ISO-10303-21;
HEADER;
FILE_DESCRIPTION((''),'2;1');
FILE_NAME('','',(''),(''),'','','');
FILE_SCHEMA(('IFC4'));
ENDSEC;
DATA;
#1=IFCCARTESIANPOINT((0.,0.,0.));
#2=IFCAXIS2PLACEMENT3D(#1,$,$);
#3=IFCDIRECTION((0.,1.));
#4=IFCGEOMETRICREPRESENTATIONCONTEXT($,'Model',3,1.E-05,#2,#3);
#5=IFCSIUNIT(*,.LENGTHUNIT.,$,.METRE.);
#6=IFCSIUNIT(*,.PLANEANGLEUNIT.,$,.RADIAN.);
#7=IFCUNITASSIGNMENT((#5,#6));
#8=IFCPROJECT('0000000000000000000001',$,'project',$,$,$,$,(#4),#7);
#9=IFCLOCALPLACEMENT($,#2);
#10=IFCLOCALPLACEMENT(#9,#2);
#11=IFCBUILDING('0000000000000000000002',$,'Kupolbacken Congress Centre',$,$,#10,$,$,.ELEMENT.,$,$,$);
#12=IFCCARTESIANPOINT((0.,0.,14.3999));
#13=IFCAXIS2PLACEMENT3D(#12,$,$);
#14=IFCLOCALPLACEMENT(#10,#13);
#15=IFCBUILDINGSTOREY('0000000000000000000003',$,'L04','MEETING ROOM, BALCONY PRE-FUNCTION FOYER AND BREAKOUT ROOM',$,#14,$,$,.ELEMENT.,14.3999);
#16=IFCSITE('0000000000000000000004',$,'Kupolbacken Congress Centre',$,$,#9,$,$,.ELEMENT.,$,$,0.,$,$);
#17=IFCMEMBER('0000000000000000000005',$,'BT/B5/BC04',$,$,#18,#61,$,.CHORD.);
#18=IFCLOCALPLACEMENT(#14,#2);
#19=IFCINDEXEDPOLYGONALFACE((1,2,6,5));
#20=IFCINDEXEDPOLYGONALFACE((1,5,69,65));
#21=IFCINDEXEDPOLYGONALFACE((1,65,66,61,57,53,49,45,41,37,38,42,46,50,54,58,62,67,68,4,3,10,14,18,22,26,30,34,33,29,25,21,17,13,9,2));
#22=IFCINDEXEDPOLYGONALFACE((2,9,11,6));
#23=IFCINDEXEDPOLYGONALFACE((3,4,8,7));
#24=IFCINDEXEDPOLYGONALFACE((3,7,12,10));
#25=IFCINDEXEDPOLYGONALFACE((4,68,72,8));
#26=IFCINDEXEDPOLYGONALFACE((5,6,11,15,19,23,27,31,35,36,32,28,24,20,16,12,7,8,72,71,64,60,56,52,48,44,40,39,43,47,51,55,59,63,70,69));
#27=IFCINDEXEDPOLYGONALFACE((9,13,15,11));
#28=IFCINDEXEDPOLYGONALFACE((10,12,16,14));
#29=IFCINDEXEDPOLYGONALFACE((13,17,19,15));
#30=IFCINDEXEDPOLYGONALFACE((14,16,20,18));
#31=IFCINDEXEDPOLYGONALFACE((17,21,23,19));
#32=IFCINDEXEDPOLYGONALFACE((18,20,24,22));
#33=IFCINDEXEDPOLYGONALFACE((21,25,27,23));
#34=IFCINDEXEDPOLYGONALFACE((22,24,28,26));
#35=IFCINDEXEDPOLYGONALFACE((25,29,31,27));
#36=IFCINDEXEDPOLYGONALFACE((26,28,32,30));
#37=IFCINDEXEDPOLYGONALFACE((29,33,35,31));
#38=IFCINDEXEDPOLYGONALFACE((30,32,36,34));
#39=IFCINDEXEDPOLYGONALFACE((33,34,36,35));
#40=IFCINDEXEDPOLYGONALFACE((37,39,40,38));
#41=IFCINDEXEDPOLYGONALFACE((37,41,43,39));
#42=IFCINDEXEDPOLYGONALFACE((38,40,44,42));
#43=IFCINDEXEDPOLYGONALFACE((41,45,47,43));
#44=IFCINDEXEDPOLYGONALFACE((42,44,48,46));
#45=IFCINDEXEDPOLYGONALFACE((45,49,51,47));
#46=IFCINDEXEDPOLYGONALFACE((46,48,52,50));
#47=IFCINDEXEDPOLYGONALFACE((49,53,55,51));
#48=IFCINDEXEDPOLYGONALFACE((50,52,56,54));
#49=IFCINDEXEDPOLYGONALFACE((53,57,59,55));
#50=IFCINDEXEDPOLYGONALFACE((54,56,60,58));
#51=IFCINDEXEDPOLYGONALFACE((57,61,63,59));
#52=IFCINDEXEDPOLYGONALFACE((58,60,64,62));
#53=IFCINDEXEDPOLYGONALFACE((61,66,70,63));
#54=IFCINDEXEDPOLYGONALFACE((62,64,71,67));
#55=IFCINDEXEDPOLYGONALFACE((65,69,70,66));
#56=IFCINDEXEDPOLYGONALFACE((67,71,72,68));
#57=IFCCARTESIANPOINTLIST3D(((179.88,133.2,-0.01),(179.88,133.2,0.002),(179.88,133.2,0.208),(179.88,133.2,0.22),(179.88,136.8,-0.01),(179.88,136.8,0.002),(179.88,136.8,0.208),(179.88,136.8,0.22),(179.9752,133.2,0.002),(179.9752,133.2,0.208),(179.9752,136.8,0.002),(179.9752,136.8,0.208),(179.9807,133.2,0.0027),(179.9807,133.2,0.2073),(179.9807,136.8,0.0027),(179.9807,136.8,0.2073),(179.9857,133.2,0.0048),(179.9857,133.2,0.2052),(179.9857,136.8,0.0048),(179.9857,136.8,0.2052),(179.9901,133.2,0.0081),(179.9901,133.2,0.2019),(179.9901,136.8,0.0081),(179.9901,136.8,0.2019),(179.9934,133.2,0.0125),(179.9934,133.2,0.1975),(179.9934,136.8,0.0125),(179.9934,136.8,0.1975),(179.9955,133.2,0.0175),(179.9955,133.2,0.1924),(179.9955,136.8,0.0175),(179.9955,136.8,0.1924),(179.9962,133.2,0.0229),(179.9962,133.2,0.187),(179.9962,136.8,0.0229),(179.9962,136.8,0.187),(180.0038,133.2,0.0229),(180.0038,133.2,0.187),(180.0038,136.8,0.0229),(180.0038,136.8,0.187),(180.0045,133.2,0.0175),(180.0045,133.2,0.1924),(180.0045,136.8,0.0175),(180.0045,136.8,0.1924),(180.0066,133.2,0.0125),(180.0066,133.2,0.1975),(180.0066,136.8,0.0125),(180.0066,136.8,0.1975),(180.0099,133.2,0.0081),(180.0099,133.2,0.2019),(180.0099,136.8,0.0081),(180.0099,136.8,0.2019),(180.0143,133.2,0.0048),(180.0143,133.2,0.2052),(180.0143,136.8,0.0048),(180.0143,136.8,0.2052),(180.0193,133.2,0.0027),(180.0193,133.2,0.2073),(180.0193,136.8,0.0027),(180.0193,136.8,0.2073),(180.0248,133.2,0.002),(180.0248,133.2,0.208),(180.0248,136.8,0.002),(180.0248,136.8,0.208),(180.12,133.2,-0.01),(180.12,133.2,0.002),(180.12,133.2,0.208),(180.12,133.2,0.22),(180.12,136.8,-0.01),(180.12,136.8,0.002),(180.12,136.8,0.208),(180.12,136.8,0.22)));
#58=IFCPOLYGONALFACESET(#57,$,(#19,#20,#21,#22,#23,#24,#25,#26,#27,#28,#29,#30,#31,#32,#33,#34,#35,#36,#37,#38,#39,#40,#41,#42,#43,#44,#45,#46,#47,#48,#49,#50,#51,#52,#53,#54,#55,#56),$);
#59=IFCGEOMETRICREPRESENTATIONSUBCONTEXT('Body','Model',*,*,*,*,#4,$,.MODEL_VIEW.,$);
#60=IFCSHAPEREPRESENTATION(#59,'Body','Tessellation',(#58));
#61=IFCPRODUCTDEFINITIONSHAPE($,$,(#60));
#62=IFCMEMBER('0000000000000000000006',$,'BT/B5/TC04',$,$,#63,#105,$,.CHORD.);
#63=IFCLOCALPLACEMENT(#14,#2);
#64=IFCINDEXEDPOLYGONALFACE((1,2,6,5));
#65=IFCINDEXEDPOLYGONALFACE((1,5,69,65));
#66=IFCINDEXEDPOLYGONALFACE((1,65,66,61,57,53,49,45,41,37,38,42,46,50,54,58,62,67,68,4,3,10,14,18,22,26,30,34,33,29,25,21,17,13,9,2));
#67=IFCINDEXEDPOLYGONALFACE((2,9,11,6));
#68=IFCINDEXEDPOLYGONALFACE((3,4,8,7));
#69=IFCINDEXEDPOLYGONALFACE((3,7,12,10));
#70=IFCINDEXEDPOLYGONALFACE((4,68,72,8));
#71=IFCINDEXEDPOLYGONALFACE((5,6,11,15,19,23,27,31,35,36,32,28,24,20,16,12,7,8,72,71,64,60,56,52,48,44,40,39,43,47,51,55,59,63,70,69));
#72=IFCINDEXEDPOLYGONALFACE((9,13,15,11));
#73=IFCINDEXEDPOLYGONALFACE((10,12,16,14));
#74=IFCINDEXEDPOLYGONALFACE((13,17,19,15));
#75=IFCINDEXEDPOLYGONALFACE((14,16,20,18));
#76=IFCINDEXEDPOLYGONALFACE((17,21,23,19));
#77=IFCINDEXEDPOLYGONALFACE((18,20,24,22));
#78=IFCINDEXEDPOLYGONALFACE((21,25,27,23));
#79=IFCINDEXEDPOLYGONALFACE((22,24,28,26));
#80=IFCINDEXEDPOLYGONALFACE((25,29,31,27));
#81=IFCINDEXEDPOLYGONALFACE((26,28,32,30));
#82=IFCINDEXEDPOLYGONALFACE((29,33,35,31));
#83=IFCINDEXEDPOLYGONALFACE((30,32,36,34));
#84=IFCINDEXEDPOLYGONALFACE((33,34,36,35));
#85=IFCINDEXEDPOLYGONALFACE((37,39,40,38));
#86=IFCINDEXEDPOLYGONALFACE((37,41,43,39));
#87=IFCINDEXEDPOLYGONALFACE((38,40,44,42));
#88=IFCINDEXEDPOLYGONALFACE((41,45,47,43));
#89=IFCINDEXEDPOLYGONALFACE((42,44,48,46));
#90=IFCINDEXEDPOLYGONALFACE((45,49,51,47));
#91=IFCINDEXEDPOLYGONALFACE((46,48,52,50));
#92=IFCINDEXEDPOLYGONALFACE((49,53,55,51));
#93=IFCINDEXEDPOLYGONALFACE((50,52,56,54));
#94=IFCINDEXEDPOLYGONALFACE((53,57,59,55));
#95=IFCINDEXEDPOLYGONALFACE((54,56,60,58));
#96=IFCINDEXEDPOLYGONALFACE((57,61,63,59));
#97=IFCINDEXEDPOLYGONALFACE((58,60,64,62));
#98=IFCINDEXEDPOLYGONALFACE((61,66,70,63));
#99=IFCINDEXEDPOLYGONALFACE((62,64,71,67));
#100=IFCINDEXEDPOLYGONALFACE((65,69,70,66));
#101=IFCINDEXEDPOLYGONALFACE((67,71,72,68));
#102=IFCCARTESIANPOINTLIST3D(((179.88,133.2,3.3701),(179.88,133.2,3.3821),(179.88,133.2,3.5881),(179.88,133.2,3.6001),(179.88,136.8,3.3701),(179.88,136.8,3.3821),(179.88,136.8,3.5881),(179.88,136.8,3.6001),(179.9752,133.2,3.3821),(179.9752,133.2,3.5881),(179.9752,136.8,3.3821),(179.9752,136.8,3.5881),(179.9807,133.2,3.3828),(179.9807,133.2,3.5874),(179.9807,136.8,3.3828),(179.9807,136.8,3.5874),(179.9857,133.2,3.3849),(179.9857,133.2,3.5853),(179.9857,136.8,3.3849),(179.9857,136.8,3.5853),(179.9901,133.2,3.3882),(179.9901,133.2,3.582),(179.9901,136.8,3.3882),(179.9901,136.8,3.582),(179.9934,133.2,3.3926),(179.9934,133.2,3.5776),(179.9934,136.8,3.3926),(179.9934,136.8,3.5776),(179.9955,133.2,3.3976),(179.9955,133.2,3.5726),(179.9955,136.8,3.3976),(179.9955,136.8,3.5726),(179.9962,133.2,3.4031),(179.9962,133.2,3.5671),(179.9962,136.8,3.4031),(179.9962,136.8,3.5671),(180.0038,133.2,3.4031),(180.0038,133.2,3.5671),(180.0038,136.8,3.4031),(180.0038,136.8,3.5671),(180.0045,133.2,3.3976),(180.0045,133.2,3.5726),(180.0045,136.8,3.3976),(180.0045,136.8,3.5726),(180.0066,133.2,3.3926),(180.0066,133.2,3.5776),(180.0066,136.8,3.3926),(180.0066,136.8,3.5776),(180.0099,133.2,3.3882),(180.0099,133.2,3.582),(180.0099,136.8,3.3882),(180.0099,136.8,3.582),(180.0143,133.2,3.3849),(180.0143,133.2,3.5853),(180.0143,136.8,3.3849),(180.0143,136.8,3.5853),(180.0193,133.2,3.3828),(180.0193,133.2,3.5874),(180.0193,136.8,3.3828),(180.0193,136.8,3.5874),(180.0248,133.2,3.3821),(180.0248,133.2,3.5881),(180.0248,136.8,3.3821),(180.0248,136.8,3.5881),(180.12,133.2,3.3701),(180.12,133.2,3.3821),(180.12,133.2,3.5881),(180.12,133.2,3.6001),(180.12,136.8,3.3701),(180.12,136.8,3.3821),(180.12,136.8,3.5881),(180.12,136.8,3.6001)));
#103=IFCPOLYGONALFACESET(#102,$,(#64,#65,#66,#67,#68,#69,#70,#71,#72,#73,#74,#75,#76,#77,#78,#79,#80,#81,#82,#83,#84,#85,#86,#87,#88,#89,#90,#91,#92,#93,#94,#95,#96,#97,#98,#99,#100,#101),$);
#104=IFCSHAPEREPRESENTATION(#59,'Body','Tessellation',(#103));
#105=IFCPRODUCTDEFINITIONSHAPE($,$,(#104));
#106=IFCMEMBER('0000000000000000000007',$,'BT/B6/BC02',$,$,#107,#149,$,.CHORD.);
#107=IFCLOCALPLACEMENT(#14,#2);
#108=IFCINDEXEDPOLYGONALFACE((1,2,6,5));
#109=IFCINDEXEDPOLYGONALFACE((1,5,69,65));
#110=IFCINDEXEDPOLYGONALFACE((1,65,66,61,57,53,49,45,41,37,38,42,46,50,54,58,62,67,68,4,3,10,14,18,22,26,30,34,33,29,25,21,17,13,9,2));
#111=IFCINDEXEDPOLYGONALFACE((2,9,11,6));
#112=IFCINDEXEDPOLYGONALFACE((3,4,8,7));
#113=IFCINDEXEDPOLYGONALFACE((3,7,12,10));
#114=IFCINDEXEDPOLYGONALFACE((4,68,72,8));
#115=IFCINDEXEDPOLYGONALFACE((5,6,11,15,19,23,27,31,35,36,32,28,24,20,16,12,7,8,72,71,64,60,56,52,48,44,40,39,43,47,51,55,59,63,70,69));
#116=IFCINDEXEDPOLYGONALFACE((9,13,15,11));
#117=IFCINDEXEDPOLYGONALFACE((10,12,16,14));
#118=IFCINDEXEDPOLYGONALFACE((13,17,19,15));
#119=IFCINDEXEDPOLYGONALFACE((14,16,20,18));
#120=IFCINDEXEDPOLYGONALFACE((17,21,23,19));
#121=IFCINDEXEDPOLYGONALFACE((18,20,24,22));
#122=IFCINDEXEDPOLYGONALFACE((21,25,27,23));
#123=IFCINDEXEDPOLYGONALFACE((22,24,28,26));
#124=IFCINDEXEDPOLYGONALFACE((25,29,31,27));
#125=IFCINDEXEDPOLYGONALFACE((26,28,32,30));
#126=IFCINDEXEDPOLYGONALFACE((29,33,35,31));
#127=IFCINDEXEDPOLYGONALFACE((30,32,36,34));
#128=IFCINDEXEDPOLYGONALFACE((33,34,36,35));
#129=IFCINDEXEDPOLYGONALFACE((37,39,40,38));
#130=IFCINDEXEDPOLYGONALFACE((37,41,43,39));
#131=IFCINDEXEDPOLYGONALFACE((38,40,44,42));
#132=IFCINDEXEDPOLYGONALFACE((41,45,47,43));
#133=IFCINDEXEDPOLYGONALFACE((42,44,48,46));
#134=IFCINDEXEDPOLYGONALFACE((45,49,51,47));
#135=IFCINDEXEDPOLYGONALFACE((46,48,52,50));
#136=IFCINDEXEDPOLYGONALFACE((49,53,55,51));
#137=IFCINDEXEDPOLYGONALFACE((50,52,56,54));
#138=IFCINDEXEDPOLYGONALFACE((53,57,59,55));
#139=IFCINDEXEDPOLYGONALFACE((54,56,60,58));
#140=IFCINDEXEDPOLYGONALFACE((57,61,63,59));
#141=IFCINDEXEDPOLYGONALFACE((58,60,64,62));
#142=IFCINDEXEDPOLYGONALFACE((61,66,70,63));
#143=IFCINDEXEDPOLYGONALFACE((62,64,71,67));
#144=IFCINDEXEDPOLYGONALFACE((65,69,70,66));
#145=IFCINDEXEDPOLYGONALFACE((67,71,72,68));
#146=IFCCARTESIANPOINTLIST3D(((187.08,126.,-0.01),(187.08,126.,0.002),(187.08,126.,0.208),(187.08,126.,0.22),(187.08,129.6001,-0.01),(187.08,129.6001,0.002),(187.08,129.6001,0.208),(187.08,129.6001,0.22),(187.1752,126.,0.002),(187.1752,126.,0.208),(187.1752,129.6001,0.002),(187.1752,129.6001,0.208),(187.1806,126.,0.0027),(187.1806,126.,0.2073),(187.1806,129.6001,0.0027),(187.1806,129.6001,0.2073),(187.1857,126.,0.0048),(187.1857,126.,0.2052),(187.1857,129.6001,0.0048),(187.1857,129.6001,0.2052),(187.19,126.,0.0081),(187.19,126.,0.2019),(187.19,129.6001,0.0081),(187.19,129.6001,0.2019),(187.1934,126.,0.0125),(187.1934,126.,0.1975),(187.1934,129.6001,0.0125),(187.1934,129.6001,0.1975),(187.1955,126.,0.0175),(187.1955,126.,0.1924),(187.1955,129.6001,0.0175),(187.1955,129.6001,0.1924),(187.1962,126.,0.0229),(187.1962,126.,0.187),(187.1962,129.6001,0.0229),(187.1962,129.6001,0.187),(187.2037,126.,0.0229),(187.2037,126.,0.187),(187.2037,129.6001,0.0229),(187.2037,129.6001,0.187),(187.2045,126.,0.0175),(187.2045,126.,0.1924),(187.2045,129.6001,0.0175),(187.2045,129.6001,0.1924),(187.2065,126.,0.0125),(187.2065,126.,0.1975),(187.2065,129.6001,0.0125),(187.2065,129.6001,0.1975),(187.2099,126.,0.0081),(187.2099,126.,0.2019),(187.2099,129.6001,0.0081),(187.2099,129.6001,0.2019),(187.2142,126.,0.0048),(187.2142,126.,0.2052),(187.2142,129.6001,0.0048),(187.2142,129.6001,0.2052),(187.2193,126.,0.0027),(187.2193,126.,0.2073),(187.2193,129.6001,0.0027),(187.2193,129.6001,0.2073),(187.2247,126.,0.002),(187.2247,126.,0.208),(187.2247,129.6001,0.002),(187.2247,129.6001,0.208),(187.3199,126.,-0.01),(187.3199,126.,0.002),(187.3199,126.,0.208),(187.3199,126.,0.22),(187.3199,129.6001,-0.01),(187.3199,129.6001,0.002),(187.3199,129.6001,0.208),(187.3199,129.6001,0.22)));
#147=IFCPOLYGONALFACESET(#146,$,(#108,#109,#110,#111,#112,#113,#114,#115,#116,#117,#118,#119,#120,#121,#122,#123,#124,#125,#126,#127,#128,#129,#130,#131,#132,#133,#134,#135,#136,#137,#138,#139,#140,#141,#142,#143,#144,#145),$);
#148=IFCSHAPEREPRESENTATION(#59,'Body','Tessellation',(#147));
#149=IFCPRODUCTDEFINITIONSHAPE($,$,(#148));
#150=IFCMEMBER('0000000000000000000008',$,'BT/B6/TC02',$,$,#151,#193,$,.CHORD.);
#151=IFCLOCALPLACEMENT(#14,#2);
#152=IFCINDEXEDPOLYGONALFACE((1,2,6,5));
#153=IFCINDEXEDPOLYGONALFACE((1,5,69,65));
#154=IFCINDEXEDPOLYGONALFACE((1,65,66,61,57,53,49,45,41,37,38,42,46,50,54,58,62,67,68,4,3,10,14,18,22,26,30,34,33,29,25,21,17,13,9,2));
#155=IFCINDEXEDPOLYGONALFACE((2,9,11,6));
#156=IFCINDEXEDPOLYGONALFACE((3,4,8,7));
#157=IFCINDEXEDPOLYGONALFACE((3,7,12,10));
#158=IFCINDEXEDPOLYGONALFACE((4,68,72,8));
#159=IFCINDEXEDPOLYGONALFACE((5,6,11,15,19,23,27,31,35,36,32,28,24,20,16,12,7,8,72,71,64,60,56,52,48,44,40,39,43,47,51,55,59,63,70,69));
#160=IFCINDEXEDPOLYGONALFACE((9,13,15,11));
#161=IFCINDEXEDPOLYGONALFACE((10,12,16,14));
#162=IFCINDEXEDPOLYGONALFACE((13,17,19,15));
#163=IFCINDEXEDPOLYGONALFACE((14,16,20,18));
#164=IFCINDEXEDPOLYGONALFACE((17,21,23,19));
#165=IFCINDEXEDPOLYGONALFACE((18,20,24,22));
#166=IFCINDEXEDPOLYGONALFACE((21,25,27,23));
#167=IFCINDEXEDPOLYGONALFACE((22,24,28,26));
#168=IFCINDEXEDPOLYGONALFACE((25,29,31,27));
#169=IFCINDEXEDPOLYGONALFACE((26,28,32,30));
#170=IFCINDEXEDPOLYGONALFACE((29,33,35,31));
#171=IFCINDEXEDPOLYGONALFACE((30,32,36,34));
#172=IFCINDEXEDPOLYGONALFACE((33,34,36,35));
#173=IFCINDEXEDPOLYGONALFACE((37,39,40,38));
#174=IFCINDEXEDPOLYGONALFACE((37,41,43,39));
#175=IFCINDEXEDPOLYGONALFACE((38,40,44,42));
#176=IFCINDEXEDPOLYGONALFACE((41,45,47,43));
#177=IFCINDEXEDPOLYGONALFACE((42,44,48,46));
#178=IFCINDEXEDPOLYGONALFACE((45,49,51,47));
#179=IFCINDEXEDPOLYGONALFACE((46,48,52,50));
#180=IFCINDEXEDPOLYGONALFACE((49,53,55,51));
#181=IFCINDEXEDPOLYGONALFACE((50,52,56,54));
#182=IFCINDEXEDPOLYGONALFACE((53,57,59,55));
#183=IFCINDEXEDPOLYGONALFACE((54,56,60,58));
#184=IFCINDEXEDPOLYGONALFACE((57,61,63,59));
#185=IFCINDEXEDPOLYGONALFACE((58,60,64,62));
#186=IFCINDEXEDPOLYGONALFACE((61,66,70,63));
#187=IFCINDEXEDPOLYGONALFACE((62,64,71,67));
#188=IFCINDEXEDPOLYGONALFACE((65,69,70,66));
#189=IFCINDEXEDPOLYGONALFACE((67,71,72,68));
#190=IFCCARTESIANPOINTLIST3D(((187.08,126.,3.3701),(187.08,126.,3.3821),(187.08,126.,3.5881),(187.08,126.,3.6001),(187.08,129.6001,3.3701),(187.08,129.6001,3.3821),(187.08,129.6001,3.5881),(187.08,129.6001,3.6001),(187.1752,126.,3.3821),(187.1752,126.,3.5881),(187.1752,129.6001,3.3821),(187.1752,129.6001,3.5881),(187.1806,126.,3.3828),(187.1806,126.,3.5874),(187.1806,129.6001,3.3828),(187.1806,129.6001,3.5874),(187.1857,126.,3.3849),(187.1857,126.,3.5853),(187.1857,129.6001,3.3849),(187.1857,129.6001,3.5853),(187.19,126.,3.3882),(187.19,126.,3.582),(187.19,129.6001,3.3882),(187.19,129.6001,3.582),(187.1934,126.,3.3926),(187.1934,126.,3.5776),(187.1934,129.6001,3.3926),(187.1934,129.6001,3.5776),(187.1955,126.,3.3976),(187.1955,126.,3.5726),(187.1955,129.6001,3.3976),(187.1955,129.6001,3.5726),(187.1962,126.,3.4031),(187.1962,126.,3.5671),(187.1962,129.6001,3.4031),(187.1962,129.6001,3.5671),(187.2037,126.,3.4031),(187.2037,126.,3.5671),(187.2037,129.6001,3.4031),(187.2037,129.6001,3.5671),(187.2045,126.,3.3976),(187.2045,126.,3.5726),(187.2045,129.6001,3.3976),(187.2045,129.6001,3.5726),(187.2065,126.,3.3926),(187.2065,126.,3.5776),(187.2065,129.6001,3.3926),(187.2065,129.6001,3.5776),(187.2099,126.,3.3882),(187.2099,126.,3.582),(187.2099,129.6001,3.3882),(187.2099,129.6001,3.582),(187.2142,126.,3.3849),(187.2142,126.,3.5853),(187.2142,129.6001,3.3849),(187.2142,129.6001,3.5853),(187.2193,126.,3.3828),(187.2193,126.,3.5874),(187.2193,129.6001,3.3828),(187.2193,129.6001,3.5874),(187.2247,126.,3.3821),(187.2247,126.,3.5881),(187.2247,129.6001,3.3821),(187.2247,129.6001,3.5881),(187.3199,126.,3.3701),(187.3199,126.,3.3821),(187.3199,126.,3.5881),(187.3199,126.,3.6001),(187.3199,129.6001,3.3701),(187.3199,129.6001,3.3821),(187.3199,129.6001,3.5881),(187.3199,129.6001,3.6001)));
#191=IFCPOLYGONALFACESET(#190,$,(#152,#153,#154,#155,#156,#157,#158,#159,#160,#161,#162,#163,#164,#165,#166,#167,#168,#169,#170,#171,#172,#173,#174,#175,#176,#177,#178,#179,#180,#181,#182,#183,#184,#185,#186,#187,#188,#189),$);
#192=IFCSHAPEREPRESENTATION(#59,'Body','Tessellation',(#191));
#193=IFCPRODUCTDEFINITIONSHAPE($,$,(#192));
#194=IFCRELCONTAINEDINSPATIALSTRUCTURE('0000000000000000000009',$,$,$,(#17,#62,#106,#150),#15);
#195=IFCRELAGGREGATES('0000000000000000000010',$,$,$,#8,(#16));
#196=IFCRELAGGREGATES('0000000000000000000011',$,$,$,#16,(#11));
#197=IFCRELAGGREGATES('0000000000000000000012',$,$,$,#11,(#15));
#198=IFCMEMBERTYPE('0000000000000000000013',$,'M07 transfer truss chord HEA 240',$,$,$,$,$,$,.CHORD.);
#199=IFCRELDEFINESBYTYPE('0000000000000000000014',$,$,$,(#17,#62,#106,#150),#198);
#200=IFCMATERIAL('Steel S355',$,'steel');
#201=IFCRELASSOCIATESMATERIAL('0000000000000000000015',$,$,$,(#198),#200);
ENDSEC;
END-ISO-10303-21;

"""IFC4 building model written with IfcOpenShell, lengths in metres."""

from ifc_helpers import new_model, si_unit, direction, frame, origin, origin_2d, place, context, subcontext, project, spatial, i_section, extrude, material, material_profile, profile_set, type_object, element, save


model = new_model("IFC4")

# Units and contexts
model_context = context("Model", 3, precision=1e-05, world=origin(), true_north=direction((0.0, 1.0)))
body_context = subcontext(model_context, "Body", "Model", "MODEL_VIEW")
ifc_project = project(units=[si_unit("LENGTHUNIT", "METRE"), si_unit("PLANEANGLEUNIT", "RADIAN")], contexts=[model_context])

# Site, building, storey
site_placement = place(None, origin())
site = spatial("IfcSite", under=ifc_project, at=site_placement, Name="Kupolbacken Congress Centre", CompositionType="ELEMENT", RefElevation=0.0)
building_placement = place(site_placement, origin())
building = spatial("IfcBuilding", under=site, at=building_placement, Name="Kupolbacken Congress Centre", CompositionType="ELEMENT")
storey_placement = place(building_placement, frame((0.0, 0.0, 14.3999)))
storey = spatial("IfcBuildingStorey", under=building, at=storey_placement, Name="L04", Description="MEETING ROOM, BALCONY PRE-FUNCTION FOYER AND BREAKOUT ROOM", CompositionType="ELEMENT", Elevation=14.3999)

# Members
ifc_material_1 = material(Name="Steel S355", Category="steel")
ifc_material_profile_1 = material_profile(ifc_material_1, i_section(OverallWidth=0.24, OverallDepth=0.23, WebThickness=0.0076, FlangeThickness=0.012, FilletRadius=0.021, at=origin_2d()), Name="HEA 240")
ifc_profile_set_1 = profile_set([ifc_material_profile_1], Name="Steel S355")
member_type_1 = type_object("IfcMemberType", Name="M07 transfer truss chord HEA 240", PredefinedType="CHORD", material=ifc_profile_set_1)
for number, where, z_axis, x_axis, name in (
    (1, (180.0, 133.2, 0.105), (0.0, 1.0, 0.0), (-1.0, 0.0, 0.0), "BT/B5/BC04"),
    (2, (180.0, 133.2, 3.4851), (0.0, 1.0, 0.0), (-1.0, 0.0, 0.0), "BT/B5/TC04"),
    (3, (187.2, 126.0, 0.105), (0.0, 1.0, 0.0), (-1.0, 0.0, 0.0), "BT/B6/BC02"),
    (4, (187.2, 126.0, 3.4851), (0.0, 1.0, 0.0), (-1.0, 0.0, 0.0), "BT/B6/TC02"),
):
    element("IfcMember", number, at=place(storey_placement, frame(where, z_axis=z_axis, x_axis=x_axis)), inside=storey, type_object=member_type_1, Name=name, PredefinedType="CHORD", context=body_context, shape_type="SweptSolid", body=[
        extrude(i_section(OverallWidth=0.24, OverallDepth=0.23, WebThickness=0.0076, FlangeThickness=0.012, FilletRadius=0.021, at=origin_2d()), origin(), (0.0, 0.0, 1.0), 3.6001),
    ])

save(model, "model.ifc")
